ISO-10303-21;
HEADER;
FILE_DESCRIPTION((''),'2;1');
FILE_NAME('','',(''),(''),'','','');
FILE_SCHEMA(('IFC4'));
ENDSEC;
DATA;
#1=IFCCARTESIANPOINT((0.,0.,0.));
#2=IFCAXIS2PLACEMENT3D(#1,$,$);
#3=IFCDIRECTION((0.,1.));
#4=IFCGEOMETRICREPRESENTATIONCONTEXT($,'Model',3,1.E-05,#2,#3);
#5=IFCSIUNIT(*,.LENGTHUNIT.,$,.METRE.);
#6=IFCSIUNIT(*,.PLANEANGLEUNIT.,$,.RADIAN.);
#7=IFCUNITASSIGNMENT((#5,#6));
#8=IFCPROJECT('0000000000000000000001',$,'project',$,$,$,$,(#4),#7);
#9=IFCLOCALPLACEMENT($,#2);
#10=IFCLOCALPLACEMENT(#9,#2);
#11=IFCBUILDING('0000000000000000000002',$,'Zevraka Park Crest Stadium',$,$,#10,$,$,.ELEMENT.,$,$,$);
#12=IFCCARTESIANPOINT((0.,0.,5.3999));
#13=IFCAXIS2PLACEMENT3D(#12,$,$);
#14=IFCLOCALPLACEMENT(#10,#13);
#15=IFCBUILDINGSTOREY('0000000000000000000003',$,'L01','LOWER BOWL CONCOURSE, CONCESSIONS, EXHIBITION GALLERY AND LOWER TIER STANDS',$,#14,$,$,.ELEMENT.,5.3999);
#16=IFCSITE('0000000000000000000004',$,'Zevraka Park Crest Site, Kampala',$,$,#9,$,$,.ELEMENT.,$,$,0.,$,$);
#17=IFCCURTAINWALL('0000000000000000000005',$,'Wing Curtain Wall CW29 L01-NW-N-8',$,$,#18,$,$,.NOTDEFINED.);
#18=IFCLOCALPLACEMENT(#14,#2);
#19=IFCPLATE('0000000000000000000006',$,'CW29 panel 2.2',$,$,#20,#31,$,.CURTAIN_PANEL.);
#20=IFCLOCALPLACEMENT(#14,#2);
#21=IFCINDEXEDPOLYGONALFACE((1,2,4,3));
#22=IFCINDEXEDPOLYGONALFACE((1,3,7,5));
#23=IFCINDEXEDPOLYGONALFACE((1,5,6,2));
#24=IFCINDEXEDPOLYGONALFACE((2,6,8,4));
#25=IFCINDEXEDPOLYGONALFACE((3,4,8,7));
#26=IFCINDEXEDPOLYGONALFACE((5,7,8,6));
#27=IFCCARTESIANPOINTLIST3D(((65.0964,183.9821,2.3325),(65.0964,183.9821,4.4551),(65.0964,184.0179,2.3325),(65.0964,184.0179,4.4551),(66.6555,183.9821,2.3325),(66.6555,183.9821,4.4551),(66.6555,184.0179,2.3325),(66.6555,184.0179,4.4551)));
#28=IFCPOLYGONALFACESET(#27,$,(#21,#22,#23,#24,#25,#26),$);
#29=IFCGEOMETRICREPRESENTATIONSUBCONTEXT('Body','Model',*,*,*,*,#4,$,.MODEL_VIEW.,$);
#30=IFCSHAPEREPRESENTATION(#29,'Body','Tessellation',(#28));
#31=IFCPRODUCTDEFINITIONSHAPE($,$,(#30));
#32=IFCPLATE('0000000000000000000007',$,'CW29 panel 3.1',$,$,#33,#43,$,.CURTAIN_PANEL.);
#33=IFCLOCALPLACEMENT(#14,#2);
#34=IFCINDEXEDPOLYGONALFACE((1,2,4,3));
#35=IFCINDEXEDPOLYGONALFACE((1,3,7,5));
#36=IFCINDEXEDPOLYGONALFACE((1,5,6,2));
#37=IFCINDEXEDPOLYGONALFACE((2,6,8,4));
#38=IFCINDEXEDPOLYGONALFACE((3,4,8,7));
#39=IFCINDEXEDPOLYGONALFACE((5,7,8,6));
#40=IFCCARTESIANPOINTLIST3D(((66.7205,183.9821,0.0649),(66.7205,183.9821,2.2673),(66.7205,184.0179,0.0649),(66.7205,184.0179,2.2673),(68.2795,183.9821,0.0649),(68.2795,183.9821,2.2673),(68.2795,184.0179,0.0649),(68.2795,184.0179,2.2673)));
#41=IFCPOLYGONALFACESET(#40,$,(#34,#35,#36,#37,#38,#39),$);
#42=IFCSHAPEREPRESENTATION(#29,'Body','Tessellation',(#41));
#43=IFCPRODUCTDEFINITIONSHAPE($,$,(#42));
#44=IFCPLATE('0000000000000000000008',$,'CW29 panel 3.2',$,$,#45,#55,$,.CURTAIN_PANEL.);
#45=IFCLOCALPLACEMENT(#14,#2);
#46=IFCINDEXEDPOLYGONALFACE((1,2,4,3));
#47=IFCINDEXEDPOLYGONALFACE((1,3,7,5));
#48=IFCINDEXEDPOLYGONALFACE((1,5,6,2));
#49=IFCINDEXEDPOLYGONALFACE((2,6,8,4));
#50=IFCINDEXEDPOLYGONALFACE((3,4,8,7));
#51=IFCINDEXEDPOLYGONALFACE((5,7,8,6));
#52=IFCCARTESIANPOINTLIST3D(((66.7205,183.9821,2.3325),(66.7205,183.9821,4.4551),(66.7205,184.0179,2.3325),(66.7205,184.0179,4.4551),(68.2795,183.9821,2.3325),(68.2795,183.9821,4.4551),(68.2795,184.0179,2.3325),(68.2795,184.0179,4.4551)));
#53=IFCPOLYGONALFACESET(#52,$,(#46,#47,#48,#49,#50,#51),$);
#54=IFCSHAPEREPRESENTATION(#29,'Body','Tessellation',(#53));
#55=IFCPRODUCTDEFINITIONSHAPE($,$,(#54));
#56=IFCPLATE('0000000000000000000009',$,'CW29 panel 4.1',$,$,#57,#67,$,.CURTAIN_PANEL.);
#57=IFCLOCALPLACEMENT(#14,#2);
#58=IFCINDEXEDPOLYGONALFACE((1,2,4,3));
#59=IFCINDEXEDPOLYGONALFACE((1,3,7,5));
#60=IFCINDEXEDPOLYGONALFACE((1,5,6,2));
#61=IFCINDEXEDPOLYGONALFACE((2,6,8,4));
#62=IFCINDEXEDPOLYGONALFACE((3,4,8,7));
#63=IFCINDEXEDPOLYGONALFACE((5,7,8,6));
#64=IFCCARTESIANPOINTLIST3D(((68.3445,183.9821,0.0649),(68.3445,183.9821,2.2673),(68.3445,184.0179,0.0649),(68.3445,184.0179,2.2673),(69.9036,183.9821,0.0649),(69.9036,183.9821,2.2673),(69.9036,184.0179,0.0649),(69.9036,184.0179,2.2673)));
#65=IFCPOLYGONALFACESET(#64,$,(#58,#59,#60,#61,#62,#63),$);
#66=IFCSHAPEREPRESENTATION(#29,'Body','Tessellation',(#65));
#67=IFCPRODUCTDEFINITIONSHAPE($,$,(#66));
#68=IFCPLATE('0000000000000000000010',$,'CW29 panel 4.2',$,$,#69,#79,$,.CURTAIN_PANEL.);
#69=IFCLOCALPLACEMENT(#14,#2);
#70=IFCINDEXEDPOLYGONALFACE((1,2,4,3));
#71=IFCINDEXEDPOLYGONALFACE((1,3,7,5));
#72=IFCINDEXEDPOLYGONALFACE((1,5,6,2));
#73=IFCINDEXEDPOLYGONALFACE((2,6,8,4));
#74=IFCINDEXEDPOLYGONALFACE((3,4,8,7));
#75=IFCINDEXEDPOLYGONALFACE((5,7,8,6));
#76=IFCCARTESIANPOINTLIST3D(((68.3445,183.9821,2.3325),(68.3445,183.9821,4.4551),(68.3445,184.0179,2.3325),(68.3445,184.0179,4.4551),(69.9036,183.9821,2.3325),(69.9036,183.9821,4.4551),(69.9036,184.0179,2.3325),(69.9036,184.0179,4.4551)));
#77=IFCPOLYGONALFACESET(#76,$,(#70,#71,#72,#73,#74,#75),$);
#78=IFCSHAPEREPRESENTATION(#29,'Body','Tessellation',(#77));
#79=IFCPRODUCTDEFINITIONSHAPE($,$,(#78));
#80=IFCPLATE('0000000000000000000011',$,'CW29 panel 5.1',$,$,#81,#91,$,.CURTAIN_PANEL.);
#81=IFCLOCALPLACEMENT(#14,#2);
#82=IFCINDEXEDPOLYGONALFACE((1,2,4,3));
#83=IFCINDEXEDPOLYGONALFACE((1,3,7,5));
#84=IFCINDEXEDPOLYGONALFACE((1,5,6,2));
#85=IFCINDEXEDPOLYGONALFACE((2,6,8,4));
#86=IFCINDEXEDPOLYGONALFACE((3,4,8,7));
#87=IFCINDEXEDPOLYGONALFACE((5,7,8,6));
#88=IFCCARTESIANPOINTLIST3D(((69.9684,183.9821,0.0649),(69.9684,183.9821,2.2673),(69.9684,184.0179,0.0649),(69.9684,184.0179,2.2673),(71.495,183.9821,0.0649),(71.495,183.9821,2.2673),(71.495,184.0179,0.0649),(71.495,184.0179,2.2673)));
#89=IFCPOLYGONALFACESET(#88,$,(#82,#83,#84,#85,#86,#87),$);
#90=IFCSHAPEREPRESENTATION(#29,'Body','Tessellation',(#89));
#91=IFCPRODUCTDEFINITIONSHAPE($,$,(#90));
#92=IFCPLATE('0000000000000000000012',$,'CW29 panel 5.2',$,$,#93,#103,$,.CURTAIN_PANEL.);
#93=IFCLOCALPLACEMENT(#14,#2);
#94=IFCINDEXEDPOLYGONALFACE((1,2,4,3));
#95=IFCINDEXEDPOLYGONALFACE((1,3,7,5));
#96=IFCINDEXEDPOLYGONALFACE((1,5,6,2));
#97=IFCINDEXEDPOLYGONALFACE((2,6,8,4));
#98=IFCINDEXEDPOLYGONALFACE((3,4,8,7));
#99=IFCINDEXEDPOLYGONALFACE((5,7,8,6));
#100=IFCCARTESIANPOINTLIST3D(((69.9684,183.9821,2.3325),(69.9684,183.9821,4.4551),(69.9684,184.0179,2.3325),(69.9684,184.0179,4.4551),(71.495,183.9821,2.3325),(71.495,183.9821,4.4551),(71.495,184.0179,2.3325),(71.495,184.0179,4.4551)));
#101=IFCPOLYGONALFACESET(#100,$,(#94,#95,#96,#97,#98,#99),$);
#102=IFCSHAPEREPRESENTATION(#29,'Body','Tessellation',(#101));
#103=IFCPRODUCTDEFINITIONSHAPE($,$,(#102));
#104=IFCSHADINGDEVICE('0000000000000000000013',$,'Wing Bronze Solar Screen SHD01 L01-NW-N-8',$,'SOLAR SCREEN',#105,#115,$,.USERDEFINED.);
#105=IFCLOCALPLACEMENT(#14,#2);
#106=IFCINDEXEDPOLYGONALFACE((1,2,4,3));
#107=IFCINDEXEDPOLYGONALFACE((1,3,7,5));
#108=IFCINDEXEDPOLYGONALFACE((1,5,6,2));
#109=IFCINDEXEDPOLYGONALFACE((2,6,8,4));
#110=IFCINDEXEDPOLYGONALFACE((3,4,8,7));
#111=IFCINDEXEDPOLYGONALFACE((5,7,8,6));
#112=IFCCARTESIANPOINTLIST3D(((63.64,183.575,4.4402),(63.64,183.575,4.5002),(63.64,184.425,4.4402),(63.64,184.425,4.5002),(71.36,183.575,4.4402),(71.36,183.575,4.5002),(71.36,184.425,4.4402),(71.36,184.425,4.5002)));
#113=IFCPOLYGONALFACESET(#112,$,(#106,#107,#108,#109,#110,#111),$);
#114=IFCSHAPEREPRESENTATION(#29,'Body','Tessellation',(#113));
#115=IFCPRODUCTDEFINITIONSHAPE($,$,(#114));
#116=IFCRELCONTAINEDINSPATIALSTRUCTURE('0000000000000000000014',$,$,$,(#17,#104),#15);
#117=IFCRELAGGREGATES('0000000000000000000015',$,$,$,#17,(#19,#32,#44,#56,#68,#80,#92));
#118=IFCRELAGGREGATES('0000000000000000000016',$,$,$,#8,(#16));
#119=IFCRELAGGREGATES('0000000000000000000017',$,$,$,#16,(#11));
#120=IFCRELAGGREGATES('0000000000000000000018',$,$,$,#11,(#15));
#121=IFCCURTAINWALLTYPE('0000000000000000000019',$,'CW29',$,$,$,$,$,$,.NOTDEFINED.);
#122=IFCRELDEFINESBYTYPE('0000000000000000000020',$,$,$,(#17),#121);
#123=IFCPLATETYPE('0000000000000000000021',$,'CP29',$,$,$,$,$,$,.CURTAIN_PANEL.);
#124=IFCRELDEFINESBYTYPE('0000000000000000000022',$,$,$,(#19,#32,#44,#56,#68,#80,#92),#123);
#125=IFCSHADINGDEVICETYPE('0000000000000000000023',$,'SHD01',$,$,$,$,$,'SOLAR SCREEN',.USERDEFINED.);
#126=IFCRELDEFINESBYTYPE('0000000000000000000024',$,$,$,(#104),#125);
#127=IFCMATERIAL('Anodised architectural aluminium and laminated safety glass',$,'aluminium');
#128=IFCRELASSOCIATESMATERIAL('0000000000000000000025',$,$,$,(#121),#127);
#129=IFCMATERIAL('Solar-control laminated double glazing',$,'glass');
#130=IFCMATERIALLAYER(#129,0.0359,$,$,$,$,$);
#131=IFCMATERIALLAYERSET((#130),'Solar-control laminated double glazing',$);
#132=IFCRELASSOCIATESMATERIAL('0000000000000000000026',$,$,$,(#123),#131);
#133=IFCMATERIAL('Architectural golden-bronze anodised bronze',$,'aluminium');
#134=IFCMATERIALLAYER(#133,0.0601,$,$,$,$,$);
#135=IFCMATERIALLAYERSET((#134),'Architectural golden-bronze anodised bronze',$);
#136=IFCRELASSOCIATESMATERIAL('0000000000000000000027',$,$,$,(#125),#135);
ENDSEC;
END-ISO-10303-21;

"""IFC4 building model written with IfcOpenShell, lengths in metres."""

from ifc_helpers import new_model, si_unit, direction, frame, origin, origin_2d, place, context, subcontext, project, spatial, rectangle, extrude, material, layer, layer_set, type_object, element, aggregate, save


model = new_model("IFC4")

# Units and contexts
model_context = context("Model", 3, precision=1e-05, world=origin(), true_north=direction((0.0, 1.0)))
body_context = subcontext(model_context, "Body", "Model", "MODEL_VIEW")
ifc_project = project(units=[si_unit("LENGTHUNIT", "METRE"), si_unit("PLANEANGLEUNIT", "RADIAN")], contexts=[model_context])

# Site, building, storey
site_placement = place(None, origin())
site = spatial("IfcSite", under=ifc_project, at=site_placement, Name="Zevraka Park Crest Site, Kampala", CompositionType="ELEMENT", RefElevation=0.0)
building_placement = place(site_placement, origin())
building = spatial("IfcBuilding", under=site, at=building_placement, Name="Zevraka Park Crest Stadium", CompositionType="ELEMENT")
storey_placement = place(building_placement, frame((0.0, 0.0, 5.3999)))
storey = spatial("IfcBuildingStorey", under=building, at=storey_placement, Name="L01", Description="LOWER BOWL CONCOURSE, CONCESSIONS, EXHIBITION GALLERY AND LOWER TIER STANDS", CompositionType="ELEMENT", Elevation=5.3999)

# Curtain wall, plates
ifc_material_1 = material(Name="Anodised architectural aluminium and laminated safety glass", Category="aluminium")
curtain_wall_type = type_object("IfcCurtainWallType", Name="CW29", PredefinedType="NOTDEFINED", material=ifc_material_1)
curtain_wall_placement = place(storey_placement, origin())
curtain_wall = element("IfcCurtainWall", 1, at=curtain_wall_placement, inside=storey, type_object=curtain_wall_type, Name="Wing Curtain Wall CW29 L01-NW-N-8", PredefinedType="NOTDEFINED")
ifc_material_2 = material(Name="Solar-control laminated double glazing", Category="glass")
ifc_layer_1 = layer(ifc_material_2, 0.0359)
ifc_layer_set_1 = layer_set([ifc_layer_1], Name="Solar-control laminated double glazing")
plate_type = type_object("IfcPlateType", Name="CP29", PredefinedType="CURTAIN_PANEL", material=ifc_layer_set_1)
plate_1_placement = place(storey_placement, frame((65.876, 184.0, 2.3325), z_axis=(0.0, 0.0, 1.0), x_axis=(1.0, 0.0, 0.0)))
plate_1 = element("IfcPlate", 2, at=plate_1_placement, type_object=plate_type, Name="CW29 panel 2.2", PredefinedType="CURTAIN_PANEL", context=body_context, shape_type="SweptSolid", body=[
    extrude(rectangle(XDim=1.5591, YDim=0.0359, at=origin_2d()), origin(), (0.0, 0.0, 1.0), 2.1226),
])
plate_2_placement = place(storey_placement, frame((67.5, 184.0, 0.0649), z_axis=(0.0, 0.0, 1.0), x_axis=(1.0, 0.0, 0.0)))
plate_2 = element("IfcPlate", 3, at=plate_2_placement, type_object=plate_type, Name="CW29 panel 3.1", PredefinedType="CURTAIN_PANEL", context=body_context, shape_type="SweptSolid", body=[
    extrude(rectangle(XDim=1.5591, YDim=0.0359, at=origin_2d()), origin(), (0.0, 0.0, 1.0), 2.2024),
])
plate_3_placement = place(storey_placement, frame((67.5, 184.0, 2.3325), z_axis=(0.0, 0.0, 1.0), x_axis=(1.0, 0.0, 0.0)))
plate_3 = element("IfcPlate", 4, at=plate_3_placement, type_object=plate_type, Name="CW29 panel 3.2", PredefinedType="CURTAIN_PANEL", context=body_context, shape_type="SweptSolid", body=[
    extrude(rectangle(XDim=1.5591, YDim=0.0359, at=origin_2d()), origin(), (0.0, 0.0, 1.0), 2.1226),
])
plate_4_placement = place(storey_placement, frame((69.124, 184.0, 0.0649), z_axis=(0.0, 0.0, 1.0), x_axis=(1.0, 0.0, 0.0)))
plate_4 = element("IfcPlate", 5, at=plate_4_placement, type_object=plate_type, Name="CW29 panel 4.1", PredefinedType="CURTAIN_PANEL", context=body_context, shape_type="SweptSolid", body=[
    extrude(rectangle(XDim=1.5591, YDim=0.0359, at=origin_2d()), origin(), (0.0, 0.0, 1.0), 2.2024),
])
plate_5_placement = place(storey_placement, frame((69.124, 184.0, 2.3325), z_axis=(0.0, 0.0, 1.0), x_axis=(1.0, 0.0, 0.0)))
plate_5 = element("IfcPlate", 6, at=plate_5_placement, type_object=plate_type, Name="CW29 panel 4.2", PredefinedType="CURTAIN_PANEL", context=body_context, shape_type="SweptSolid", body=[
    extrude(rectangle(XDim=1.5591, YDim=0.0359, at=origin_2d()), origin(), (0.0, 0.0, 1.0), 2.1226),
])
plate_6_placement = place(storey_placement, frame((70.7317, 184.0, 0.0649), z_axis=(0.0, 0.0, 1.0), x_axis=(1.0, 0.0, 0.0)))
plate_6 = element("IfcPlate", 7, at=plate_6_placement, type_object=plate_type, Name="CW29 panel 5.1", PredefinedType="CURTAIN_PANEL", context=body_context, shape_type="SweptSolid", body=[
    extrude(rectangle(XDim=1.5266, YDim=0.0359, at=origin_2d()), origin(), (0.0, 0.0, 1.0), 2.2024),
])
plate_7_placement = place(storey_placement, frame((70.7317, 184.0, 2.3325), z_axis=(0.0, 0.0, 1.0), x_axis=(1.0, 0.0, 0.0)))
plate_7 = element("IfcPlate", 8, at=plate_7_placement, type_object=plate_type, Name="CW29 panel 5.2", PredefinedType="CURTAIN_PANEL", context=body_context, shape_type="SweptSolid", body=[
    extrude(rectangle(XDim=1.5266, YDim=0.0359, at=origin_2d()), origin(), (0.0, 0.0, 1.0), 2.1226),
])
aggregate(curtain_wall, [plate_1, plate_2, plate_3, plate_4, plate_5, plate_6, plate_7])

# Shading device
ifc_material_3 = material(Name="Architectural golden-bronze anodised bronze", Category="aluminium")
ifc_layer_2 = layer(ifc_material_3, 0.0601)
ifc_layer_set_2 = layer_set([ifc_layer_2], Name="Architectural golden-bronze anodised bronze")
shading_device_type = type_object("IfcShadingDeviceType", Name="SHD01", ElementType="SOLAR SCREEN", PredefinedType="USERDEFINED", material=ifc_layer_set_2)
shading_device_placement = place(storey_placement, frame((67.5, 184.0, 4.4402), z_axis=(0.0, 0.0, 1.0), x_axis=(1.0, 0.0, 0.0)))
element("IfcShadingDevice", 9, at=shading_device_placement, inside=storey, type_object=shading_device_type, Name="Wing Bronze Solar Screen SHD01 L01-NW-N-8", ObjectType="SOLAR SCREEN", PredefinedType="USERDEFINED", context=body_context, shape_type="SweptSolid", body=[
    extrude(rectangle(XDim=7.72, YDim=0.8501, at=origin_2d()), origin(), (0.0, 0.0, 1.0), 0.0601),
])

save(model, "model.ifc")
